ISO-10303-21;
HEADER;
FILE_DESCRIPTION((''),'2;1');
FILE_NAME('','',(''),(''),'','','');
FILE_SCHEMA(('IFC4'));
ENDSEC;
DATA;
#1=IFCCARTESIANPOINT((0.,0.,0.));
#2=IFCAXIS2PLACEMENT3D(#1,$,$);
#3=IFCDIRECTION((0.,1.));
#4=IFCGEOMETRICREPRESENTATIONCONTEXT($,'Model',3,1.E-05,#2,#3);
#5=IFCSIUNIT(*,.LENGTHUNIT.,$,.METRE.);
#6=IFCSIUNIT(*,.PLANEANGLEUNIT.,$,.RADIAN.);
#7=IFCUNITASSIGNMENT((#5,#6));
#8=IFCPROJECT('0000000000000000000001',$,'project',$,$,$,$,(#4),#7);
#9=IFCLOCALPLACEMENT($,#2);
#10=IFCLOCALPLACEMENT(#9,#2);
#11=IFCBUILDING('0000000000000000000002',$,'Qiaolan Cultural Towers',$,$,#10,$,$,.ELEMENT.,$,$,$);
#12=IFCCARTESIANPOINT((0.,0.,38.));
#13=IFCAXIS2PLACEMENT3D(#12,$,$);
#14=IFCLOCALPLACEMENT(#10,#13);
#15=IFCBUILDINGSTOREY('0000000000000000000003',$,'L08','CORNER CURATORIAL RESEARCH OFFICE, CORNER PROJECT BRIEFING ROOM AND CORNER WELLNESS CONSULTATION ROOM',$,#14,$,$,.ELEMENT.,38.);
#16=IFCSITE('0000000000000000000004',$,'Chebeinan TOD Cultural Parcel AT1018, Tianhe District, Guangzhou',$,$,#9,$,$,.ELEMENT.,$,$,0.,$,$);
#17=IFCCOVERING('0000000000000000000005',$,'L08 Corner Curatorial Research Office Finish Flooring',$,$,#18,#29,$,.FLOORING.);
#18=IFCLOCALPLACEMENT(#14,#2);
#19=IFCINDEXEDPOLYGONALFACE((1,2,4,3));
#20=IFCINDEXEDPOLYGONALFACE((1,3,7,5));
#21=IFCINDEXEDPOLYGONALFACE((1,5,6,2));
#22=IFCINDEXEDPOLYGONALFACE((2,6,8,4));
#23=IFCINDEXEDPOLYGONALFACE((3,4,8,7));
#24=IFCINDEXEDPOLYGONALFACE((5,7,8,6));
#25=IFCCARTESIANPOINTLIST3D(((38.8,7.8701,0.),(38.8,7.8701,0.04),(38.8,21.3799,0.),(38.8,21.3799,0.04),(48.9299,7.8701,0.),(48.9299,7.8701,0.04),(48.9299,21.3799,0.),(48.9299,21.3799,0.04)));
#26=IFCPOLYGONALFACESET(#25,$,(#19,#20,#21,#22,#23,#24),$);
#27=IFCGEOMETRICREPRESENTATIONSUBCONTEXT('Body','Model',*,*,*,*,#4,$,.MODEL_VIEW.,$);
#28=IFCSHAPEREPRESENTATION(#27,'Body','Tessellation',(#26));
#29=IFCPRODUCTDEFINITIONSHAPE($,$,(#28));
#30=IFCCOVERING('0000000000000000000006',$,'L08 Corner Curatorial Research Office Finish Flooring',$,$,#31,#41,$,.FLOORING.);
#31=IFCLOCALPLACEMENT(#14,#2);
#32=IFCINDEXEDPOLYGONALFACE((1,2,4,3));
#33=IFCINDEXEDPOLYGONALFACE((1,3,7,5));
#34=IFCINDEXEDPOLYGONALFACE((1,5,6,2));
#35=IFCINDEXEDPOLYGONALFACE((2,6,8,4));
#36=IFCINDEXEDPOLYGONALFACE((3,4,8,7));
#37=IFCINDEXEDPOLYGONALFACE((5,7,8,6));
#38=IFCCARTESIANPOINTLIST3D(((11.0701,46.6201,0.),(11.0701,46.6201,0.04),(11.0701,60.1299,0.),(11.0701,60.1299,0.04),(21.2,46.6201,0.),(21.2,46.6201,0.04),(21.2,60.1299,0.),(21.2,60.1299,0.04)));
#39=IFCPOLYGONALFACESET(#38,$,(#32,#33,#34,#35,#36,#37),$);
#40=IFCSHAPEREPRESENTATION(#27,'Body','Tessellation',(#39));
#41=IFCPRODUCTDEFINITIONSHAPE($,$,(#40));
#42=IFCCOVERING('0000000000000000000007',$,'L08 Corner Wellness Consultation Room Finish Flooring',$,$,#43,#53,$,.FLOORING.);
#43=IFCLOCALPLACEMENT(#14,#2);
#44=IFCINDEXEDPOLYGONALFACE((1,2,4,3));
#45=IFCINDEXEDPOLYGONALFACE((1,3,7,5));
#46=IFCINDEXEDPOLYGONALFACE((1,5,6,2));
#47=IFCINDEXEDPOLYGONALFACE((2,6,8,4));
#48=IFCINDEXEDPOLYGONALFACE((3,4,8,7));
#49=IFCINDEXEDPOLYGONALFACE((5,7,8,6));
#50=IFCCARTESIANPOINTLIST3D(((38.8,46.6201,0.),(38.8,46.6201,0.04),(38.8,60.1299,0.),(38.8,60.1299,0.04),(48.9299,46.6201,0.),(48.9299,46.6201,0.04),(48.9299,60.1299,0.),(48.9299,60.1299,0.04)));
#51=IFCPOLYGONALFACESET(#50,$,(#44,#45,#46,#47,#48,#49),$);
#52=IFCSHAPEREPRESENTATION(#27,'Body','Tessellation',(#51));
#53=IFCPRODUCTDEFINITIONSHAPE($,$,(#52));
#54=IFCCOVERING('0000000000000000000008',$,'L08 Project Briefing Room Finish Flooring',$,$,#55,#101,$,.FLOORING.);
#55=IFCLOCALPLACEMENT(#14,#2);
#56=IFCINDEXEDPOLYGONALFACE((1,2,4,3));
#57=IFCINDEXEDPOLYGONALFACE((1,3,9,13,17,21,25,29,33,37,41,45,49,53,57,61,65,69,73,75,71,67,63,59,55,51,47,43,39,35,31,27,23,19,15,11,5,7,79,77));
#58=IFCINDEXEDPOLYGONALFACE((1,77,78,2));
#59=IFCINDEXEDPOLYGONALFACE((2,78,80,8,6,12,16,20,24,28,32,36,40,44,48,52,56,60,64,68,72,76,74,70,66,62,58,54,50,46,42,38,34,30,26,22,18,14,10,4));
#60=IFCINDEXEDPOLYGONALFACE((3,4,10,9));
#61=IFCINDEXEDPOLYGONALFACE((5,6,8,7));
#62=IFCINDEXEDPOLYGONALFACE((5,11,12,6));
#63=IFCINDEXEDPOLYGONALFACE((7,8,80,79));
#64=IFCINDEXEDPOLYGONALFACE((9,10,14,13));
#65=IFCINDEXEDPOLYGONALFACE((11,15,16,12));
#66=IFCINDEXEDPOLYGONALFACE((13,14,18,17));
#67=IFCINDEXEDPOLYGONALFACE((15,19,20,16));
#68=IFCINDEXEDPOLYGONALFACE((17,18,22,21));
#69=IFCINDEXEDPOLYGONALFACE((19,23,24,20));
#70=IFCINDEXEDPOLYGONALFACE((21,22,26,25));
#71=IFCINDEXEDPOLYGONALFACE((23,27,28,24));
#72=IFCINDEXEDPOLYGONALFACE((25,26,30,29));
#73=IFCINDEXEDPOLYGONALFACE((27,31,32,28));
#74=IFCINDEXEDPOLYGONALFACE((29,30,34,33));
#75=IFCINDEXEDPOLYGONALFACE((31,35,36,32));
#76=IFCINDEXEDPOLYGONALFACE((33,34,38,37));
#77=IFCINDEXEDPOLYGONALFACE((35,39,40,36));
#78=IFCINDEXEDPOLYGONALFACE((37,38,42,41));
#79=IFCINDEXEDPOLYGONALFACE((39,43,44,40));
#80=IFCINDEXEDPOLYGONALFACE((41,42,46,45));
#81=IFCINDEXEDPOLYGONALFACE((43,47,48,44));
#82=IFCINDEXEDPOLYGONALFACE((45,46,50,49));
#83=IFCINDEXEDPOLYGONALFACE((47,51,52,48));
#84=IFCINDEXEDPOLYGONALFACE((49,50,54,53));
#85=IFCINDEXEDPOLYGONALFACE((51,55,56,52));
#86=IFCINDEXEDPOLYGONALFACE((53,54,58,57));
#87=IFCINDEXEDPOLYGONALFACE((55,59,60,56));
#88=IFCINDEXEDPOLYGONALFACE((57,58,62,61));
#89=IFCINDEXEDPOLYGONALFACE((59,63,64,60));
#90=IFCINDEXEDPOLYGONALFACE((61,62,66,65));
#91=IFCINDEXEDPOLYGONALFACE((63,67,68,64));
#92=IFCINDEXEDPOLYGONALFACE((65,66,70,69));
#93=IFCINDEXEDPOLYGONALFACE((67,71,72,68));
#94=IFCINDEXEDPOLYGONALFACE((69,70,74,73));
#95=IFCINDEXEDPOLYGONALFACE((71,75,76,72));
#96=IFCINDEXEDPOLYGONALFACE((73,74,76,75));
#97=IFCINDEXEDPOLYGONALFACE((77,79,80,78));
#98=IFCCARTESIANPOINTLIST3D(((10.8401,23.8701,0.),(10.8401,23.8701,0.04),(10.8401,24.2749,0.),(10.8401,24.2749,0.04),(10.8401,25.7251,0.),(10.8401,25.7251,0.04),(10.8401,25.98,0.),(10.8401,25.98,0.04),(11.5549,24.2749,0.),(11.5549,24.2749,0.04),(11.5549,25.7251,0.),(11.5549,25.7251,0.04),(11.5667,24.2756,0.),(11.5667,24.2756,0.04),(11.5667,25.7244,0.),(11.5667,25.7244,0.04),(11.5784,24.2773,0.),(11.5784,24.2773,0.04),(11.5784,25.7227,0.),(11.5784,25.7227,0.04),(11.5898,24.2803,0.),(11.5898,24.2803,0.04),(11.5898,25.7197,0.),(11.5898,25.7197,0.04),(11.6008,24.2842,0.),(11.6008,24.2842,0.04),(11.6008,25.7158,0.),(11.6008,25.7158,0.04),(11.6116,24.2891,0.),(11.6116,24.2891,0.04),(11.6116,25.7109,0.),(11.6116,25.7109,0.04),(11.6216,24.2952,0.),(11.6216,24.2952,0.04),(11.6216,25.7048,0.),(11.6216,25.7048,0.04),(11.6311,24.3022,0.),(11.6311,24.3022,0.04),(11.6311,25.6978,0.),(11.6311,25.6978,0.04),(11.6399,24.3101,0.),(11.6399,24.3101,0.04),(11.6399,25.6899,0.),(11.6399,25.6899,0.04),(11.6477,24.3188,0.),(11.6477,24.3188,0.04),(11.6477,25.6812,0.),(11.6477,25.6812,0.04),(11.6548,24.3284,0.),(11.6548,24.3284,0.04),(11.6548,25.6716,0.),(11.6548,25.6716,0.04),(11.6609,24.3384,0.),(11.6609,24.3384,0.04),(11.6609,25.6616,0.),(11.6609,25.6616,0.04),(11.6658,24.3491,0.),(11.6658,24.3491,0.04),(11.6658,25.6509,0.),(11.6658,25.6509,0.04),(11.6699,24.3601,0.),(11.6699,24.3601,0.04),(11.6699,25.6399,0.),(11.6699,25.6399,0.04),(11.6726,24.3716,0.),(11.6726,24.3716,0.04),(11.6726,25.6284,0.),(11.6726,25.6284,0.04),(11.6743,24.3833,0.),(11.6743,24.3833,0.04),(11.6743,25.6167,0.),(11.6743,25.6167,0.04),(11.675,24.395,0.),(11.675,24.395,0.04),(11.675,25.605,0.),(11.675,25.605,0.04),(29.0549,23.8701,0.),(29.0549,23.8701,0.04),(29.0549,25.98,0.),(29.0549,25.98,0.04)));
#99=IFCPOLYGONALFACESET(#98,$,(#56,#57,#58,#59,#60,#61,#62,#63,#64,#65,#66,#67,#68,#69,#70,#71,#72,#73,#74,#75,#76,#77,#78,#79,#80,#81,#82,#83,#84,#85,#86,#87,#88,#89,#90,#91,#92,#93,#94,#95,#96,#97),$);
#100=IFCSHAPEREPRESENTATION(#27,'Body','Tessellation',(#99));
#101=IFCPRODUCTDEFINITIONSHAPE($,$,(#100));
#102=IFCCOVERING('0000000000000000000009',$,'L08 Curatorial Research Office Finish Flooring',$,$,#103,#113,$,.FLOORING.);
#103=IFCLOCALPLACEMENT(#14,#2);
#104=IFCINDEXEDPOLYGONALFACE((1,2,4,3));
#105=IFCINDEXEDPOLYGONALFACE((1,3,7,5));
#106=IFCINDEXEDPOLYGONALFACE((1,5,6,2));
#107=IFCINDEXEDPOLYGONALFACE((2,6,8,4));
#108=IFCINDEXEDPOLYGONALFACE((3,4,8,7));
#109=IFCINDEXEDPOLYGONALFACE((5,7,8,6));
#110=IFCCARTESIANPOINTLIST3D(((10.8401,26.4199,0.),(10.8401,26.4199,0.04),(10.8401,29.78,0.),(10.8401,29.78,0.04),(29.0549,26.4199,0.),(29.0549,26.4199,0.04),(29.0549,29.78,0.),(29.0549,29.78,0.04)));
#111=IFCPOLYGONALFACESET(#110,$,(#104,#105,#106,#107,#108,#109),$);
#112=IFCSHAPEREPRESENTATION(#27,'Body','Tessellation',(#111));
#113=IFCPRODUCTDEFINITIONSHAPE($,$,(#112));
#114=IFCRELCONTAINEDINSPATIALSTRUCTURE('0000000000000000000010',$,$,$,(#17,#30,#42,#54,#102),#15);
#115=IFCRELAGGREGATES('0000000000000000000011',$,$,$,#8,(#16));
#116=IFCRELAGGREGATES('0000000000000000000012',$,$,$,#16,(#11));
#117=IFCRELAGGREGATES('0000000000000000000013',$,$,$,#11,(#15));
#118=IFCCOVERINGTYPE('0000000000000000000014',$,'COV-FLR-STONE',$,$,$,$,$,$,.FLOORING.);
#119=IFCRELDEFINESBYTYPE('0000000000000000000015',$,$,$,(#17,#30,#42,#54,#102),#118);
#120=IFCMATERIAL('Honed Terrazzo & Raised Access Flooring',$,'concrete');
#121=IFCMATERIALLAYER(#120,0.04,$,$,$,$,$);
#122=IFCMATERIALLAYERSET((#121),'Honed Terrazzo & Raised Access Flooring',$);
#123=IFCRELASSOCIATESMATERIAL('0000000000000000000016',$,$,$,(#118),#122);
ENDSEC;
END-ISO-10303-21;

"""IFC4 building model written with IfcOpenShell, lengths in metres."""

from ifc_helpers import new_model, si_unit, direction, frame, origin, place, context, subcontext, project, spatial, polyline, outline, extrude, material, layer, layer_set, type_object, element, save


model = new_model("IFC4")

# Units and contexts
model_context = context("Model", 3, precision=1e-05, world=origin(), true_north=direction((0.0, 1.0)))
body_context = subcontext(model_context, "Body", "Model", "MODEL_VIEW")
ifc_project = project(units=[si_unit("LENGTHUNIT", "METRE"), si_unit("PLANEANGLEUNIT", "RADIAN")], contexts=[model_context])

# Site, building, storey
site_placement = place(None, origin())
site = spatial("IfcSite", under=ifc_project, at=site_placement, Name="Chebeinan TOD Cultural Parcel AT1018, Tianhe District, Guangzhou", CompositionType="ELEMENT", RefElevation=0.0)
building_placement = place(site_placement, origin())
building = spatial("IfcBuilding", under=site, at=building_placement, Name="Qiaolan Cultural Towers", CompositionType="ELEMENT")
storey_placement = place(building_placement, frame((0.0, 0.0, 38.0)))
storey = spatial("IfcBuildingStorey", under=building, at=storey_placement, Name="L08", Description="CORNER CURATORIAL RESEARCH OFFICE, CORNER PROJECT BRIEFING ROOM AND CORNER WELLNESS CONSULTATION ROOM", CompositionType="ELEMENT", Elevation=38.0)

# Coverings
ifc_material_1 = material(Name="Honed Terrazzo & Raised Access Flooring", Category="concrete")
ifc_layer_1 = layer(ifc_material_1, 0.04)
ifc_layer_set_1 = layer_set([ifc_layer_1], Name="Honed Terrazzo & Raised Access Flooring")
covering_type = type_object("IfcCoveringType", Name="COV-FLR-STONE", PredefinedType="FLOORING", material=ifc_layer_set_1)
covering_1_placement = place(storey_placement, origin())
element("IfcCovering", 1, at=covering_1_placement, inside=storey, type_object=covering_type, Name="L08 Corner Curatorial Research Office Finish Flooring", PredefinedType="FLOORING", context=body_context, shape_type="SweptSolid", body=[
    extrude(outline(polyline([(48.9299, 7.8701), (48.9299, 21.3799), (38.8, 21.3799), (38.8, 7.8701), (48.9299, 7.8701)])), origin(), (0.0, 0.0, 1.0), 0.04),
])
covering_2_placement = place(storey_placement, origin())
element("IfcCovering", 2, at=covering_2_placement, inside=storey, type_object=covering_type, Name="L08 Corner Curatorial Research Office Finish Flooring", PredefinedType="FLOORING", context=body_context, shape_type="SweptSolid", body=[
    extrude(outline(polyline([(21.2, 46.6201), (21.2, 60.1299), (11.0701, 60.1299), (11.0701, 46.6201), (21.2, 46.6201)])), origin(), (0.0, 0.0, 1.0), 0.04),
])
covering_3_placement = place(storey_placement, origin())
element("IfcCovering", 3, at=covering_3_placement, inside=storey, type_object=covering_type, Name="L08 Corner Wellness Consultation Room Finish Flooring", PredefinedType="FLOORING", context=body_context, shape_type="SweptSolid", body=[
    extrude(outline(polyline([(48.9299, 46.6201), (48.9299, 60.1299), (38.8, 60.1299), (38.8, 46.6201), (48.9299, 46.6201)])), origin(), (0.0, 0.0, 1.0), 0.04),
])
covering_4_placement = place(storey_placement, origin())
element("IfcCovering", 4, at=covering_4_placement, inside=storey, type_object=covering_type, Name="L08 Project Briefing Room Finish Flooring", PredefinedType="FLOORING", context=body_context, shape_type="SweptSolid", body=[
    extrude(outline(polyline([(10.8401, 25.7251), (11.5549, 25.7251), (11.5667, 25.7244), (11.5784, 25.7227), (11.5898, 25.7197), (11.6008, 25.7158), (11.6116, 25.7109), (11.6216, 25.7048), (11.6311, 25.6978), (11.6399, 25.6899), (11.6477, 25.6812), (11.6548, 25.6716), (11.6609, 25.6616), (11.6658, 25.6509), (11.6699, 25.6399), (11.6726, 25.6284), (11.6743, 25.6167), (11.675, 25.605), (11.675, 24.395), (11.6743, 24.3833), (11.6726, 24.3716), (11.6699, 24.3601), (11.6658, 24.3491), (11.6609, 24.3384), (11.6548, 24.3284), (11.6477, 24.3188), (11.6399, 24.3101), (11.6311, 24.3022), (11.6216, 24.2952), (11.6116, 24.2891), (11.6008, 24.2842), (11.5898, 24.2803), (11.5784, 24.2773), (11.5667, 24.2756), (11.5549, 24.2749), (10.8401, 24.2749), (10.8401, 23.8701), (29.0549, 23.8701), (29.0549, 25.98), (10.8401, 25.98), (10.8401, 25.7251)])), origin(), (0.0, 0.0, 1.0), 0.04),
])
covering_5_placement = place(storey_placement, origin())
element("IfcCovering", 5, at=covering_5_placement, inside=storey, type_object=covering_type, Name="L08 Curatorial Research Office Finish Flooring", PredefinedType="FLOORING", context=body_context, shape_type="SweptSolid", body=[
    extrude(outline(polyline([(29.0549, 26.4199), (29.0549, 29.78), (10.8401, 29.78), (10.8401, 26.4199), (29.0549, 26.4199)])), origin(), (0.0, 0.0, 1.0), 0.04),
])

save(model, "model.ifc")
